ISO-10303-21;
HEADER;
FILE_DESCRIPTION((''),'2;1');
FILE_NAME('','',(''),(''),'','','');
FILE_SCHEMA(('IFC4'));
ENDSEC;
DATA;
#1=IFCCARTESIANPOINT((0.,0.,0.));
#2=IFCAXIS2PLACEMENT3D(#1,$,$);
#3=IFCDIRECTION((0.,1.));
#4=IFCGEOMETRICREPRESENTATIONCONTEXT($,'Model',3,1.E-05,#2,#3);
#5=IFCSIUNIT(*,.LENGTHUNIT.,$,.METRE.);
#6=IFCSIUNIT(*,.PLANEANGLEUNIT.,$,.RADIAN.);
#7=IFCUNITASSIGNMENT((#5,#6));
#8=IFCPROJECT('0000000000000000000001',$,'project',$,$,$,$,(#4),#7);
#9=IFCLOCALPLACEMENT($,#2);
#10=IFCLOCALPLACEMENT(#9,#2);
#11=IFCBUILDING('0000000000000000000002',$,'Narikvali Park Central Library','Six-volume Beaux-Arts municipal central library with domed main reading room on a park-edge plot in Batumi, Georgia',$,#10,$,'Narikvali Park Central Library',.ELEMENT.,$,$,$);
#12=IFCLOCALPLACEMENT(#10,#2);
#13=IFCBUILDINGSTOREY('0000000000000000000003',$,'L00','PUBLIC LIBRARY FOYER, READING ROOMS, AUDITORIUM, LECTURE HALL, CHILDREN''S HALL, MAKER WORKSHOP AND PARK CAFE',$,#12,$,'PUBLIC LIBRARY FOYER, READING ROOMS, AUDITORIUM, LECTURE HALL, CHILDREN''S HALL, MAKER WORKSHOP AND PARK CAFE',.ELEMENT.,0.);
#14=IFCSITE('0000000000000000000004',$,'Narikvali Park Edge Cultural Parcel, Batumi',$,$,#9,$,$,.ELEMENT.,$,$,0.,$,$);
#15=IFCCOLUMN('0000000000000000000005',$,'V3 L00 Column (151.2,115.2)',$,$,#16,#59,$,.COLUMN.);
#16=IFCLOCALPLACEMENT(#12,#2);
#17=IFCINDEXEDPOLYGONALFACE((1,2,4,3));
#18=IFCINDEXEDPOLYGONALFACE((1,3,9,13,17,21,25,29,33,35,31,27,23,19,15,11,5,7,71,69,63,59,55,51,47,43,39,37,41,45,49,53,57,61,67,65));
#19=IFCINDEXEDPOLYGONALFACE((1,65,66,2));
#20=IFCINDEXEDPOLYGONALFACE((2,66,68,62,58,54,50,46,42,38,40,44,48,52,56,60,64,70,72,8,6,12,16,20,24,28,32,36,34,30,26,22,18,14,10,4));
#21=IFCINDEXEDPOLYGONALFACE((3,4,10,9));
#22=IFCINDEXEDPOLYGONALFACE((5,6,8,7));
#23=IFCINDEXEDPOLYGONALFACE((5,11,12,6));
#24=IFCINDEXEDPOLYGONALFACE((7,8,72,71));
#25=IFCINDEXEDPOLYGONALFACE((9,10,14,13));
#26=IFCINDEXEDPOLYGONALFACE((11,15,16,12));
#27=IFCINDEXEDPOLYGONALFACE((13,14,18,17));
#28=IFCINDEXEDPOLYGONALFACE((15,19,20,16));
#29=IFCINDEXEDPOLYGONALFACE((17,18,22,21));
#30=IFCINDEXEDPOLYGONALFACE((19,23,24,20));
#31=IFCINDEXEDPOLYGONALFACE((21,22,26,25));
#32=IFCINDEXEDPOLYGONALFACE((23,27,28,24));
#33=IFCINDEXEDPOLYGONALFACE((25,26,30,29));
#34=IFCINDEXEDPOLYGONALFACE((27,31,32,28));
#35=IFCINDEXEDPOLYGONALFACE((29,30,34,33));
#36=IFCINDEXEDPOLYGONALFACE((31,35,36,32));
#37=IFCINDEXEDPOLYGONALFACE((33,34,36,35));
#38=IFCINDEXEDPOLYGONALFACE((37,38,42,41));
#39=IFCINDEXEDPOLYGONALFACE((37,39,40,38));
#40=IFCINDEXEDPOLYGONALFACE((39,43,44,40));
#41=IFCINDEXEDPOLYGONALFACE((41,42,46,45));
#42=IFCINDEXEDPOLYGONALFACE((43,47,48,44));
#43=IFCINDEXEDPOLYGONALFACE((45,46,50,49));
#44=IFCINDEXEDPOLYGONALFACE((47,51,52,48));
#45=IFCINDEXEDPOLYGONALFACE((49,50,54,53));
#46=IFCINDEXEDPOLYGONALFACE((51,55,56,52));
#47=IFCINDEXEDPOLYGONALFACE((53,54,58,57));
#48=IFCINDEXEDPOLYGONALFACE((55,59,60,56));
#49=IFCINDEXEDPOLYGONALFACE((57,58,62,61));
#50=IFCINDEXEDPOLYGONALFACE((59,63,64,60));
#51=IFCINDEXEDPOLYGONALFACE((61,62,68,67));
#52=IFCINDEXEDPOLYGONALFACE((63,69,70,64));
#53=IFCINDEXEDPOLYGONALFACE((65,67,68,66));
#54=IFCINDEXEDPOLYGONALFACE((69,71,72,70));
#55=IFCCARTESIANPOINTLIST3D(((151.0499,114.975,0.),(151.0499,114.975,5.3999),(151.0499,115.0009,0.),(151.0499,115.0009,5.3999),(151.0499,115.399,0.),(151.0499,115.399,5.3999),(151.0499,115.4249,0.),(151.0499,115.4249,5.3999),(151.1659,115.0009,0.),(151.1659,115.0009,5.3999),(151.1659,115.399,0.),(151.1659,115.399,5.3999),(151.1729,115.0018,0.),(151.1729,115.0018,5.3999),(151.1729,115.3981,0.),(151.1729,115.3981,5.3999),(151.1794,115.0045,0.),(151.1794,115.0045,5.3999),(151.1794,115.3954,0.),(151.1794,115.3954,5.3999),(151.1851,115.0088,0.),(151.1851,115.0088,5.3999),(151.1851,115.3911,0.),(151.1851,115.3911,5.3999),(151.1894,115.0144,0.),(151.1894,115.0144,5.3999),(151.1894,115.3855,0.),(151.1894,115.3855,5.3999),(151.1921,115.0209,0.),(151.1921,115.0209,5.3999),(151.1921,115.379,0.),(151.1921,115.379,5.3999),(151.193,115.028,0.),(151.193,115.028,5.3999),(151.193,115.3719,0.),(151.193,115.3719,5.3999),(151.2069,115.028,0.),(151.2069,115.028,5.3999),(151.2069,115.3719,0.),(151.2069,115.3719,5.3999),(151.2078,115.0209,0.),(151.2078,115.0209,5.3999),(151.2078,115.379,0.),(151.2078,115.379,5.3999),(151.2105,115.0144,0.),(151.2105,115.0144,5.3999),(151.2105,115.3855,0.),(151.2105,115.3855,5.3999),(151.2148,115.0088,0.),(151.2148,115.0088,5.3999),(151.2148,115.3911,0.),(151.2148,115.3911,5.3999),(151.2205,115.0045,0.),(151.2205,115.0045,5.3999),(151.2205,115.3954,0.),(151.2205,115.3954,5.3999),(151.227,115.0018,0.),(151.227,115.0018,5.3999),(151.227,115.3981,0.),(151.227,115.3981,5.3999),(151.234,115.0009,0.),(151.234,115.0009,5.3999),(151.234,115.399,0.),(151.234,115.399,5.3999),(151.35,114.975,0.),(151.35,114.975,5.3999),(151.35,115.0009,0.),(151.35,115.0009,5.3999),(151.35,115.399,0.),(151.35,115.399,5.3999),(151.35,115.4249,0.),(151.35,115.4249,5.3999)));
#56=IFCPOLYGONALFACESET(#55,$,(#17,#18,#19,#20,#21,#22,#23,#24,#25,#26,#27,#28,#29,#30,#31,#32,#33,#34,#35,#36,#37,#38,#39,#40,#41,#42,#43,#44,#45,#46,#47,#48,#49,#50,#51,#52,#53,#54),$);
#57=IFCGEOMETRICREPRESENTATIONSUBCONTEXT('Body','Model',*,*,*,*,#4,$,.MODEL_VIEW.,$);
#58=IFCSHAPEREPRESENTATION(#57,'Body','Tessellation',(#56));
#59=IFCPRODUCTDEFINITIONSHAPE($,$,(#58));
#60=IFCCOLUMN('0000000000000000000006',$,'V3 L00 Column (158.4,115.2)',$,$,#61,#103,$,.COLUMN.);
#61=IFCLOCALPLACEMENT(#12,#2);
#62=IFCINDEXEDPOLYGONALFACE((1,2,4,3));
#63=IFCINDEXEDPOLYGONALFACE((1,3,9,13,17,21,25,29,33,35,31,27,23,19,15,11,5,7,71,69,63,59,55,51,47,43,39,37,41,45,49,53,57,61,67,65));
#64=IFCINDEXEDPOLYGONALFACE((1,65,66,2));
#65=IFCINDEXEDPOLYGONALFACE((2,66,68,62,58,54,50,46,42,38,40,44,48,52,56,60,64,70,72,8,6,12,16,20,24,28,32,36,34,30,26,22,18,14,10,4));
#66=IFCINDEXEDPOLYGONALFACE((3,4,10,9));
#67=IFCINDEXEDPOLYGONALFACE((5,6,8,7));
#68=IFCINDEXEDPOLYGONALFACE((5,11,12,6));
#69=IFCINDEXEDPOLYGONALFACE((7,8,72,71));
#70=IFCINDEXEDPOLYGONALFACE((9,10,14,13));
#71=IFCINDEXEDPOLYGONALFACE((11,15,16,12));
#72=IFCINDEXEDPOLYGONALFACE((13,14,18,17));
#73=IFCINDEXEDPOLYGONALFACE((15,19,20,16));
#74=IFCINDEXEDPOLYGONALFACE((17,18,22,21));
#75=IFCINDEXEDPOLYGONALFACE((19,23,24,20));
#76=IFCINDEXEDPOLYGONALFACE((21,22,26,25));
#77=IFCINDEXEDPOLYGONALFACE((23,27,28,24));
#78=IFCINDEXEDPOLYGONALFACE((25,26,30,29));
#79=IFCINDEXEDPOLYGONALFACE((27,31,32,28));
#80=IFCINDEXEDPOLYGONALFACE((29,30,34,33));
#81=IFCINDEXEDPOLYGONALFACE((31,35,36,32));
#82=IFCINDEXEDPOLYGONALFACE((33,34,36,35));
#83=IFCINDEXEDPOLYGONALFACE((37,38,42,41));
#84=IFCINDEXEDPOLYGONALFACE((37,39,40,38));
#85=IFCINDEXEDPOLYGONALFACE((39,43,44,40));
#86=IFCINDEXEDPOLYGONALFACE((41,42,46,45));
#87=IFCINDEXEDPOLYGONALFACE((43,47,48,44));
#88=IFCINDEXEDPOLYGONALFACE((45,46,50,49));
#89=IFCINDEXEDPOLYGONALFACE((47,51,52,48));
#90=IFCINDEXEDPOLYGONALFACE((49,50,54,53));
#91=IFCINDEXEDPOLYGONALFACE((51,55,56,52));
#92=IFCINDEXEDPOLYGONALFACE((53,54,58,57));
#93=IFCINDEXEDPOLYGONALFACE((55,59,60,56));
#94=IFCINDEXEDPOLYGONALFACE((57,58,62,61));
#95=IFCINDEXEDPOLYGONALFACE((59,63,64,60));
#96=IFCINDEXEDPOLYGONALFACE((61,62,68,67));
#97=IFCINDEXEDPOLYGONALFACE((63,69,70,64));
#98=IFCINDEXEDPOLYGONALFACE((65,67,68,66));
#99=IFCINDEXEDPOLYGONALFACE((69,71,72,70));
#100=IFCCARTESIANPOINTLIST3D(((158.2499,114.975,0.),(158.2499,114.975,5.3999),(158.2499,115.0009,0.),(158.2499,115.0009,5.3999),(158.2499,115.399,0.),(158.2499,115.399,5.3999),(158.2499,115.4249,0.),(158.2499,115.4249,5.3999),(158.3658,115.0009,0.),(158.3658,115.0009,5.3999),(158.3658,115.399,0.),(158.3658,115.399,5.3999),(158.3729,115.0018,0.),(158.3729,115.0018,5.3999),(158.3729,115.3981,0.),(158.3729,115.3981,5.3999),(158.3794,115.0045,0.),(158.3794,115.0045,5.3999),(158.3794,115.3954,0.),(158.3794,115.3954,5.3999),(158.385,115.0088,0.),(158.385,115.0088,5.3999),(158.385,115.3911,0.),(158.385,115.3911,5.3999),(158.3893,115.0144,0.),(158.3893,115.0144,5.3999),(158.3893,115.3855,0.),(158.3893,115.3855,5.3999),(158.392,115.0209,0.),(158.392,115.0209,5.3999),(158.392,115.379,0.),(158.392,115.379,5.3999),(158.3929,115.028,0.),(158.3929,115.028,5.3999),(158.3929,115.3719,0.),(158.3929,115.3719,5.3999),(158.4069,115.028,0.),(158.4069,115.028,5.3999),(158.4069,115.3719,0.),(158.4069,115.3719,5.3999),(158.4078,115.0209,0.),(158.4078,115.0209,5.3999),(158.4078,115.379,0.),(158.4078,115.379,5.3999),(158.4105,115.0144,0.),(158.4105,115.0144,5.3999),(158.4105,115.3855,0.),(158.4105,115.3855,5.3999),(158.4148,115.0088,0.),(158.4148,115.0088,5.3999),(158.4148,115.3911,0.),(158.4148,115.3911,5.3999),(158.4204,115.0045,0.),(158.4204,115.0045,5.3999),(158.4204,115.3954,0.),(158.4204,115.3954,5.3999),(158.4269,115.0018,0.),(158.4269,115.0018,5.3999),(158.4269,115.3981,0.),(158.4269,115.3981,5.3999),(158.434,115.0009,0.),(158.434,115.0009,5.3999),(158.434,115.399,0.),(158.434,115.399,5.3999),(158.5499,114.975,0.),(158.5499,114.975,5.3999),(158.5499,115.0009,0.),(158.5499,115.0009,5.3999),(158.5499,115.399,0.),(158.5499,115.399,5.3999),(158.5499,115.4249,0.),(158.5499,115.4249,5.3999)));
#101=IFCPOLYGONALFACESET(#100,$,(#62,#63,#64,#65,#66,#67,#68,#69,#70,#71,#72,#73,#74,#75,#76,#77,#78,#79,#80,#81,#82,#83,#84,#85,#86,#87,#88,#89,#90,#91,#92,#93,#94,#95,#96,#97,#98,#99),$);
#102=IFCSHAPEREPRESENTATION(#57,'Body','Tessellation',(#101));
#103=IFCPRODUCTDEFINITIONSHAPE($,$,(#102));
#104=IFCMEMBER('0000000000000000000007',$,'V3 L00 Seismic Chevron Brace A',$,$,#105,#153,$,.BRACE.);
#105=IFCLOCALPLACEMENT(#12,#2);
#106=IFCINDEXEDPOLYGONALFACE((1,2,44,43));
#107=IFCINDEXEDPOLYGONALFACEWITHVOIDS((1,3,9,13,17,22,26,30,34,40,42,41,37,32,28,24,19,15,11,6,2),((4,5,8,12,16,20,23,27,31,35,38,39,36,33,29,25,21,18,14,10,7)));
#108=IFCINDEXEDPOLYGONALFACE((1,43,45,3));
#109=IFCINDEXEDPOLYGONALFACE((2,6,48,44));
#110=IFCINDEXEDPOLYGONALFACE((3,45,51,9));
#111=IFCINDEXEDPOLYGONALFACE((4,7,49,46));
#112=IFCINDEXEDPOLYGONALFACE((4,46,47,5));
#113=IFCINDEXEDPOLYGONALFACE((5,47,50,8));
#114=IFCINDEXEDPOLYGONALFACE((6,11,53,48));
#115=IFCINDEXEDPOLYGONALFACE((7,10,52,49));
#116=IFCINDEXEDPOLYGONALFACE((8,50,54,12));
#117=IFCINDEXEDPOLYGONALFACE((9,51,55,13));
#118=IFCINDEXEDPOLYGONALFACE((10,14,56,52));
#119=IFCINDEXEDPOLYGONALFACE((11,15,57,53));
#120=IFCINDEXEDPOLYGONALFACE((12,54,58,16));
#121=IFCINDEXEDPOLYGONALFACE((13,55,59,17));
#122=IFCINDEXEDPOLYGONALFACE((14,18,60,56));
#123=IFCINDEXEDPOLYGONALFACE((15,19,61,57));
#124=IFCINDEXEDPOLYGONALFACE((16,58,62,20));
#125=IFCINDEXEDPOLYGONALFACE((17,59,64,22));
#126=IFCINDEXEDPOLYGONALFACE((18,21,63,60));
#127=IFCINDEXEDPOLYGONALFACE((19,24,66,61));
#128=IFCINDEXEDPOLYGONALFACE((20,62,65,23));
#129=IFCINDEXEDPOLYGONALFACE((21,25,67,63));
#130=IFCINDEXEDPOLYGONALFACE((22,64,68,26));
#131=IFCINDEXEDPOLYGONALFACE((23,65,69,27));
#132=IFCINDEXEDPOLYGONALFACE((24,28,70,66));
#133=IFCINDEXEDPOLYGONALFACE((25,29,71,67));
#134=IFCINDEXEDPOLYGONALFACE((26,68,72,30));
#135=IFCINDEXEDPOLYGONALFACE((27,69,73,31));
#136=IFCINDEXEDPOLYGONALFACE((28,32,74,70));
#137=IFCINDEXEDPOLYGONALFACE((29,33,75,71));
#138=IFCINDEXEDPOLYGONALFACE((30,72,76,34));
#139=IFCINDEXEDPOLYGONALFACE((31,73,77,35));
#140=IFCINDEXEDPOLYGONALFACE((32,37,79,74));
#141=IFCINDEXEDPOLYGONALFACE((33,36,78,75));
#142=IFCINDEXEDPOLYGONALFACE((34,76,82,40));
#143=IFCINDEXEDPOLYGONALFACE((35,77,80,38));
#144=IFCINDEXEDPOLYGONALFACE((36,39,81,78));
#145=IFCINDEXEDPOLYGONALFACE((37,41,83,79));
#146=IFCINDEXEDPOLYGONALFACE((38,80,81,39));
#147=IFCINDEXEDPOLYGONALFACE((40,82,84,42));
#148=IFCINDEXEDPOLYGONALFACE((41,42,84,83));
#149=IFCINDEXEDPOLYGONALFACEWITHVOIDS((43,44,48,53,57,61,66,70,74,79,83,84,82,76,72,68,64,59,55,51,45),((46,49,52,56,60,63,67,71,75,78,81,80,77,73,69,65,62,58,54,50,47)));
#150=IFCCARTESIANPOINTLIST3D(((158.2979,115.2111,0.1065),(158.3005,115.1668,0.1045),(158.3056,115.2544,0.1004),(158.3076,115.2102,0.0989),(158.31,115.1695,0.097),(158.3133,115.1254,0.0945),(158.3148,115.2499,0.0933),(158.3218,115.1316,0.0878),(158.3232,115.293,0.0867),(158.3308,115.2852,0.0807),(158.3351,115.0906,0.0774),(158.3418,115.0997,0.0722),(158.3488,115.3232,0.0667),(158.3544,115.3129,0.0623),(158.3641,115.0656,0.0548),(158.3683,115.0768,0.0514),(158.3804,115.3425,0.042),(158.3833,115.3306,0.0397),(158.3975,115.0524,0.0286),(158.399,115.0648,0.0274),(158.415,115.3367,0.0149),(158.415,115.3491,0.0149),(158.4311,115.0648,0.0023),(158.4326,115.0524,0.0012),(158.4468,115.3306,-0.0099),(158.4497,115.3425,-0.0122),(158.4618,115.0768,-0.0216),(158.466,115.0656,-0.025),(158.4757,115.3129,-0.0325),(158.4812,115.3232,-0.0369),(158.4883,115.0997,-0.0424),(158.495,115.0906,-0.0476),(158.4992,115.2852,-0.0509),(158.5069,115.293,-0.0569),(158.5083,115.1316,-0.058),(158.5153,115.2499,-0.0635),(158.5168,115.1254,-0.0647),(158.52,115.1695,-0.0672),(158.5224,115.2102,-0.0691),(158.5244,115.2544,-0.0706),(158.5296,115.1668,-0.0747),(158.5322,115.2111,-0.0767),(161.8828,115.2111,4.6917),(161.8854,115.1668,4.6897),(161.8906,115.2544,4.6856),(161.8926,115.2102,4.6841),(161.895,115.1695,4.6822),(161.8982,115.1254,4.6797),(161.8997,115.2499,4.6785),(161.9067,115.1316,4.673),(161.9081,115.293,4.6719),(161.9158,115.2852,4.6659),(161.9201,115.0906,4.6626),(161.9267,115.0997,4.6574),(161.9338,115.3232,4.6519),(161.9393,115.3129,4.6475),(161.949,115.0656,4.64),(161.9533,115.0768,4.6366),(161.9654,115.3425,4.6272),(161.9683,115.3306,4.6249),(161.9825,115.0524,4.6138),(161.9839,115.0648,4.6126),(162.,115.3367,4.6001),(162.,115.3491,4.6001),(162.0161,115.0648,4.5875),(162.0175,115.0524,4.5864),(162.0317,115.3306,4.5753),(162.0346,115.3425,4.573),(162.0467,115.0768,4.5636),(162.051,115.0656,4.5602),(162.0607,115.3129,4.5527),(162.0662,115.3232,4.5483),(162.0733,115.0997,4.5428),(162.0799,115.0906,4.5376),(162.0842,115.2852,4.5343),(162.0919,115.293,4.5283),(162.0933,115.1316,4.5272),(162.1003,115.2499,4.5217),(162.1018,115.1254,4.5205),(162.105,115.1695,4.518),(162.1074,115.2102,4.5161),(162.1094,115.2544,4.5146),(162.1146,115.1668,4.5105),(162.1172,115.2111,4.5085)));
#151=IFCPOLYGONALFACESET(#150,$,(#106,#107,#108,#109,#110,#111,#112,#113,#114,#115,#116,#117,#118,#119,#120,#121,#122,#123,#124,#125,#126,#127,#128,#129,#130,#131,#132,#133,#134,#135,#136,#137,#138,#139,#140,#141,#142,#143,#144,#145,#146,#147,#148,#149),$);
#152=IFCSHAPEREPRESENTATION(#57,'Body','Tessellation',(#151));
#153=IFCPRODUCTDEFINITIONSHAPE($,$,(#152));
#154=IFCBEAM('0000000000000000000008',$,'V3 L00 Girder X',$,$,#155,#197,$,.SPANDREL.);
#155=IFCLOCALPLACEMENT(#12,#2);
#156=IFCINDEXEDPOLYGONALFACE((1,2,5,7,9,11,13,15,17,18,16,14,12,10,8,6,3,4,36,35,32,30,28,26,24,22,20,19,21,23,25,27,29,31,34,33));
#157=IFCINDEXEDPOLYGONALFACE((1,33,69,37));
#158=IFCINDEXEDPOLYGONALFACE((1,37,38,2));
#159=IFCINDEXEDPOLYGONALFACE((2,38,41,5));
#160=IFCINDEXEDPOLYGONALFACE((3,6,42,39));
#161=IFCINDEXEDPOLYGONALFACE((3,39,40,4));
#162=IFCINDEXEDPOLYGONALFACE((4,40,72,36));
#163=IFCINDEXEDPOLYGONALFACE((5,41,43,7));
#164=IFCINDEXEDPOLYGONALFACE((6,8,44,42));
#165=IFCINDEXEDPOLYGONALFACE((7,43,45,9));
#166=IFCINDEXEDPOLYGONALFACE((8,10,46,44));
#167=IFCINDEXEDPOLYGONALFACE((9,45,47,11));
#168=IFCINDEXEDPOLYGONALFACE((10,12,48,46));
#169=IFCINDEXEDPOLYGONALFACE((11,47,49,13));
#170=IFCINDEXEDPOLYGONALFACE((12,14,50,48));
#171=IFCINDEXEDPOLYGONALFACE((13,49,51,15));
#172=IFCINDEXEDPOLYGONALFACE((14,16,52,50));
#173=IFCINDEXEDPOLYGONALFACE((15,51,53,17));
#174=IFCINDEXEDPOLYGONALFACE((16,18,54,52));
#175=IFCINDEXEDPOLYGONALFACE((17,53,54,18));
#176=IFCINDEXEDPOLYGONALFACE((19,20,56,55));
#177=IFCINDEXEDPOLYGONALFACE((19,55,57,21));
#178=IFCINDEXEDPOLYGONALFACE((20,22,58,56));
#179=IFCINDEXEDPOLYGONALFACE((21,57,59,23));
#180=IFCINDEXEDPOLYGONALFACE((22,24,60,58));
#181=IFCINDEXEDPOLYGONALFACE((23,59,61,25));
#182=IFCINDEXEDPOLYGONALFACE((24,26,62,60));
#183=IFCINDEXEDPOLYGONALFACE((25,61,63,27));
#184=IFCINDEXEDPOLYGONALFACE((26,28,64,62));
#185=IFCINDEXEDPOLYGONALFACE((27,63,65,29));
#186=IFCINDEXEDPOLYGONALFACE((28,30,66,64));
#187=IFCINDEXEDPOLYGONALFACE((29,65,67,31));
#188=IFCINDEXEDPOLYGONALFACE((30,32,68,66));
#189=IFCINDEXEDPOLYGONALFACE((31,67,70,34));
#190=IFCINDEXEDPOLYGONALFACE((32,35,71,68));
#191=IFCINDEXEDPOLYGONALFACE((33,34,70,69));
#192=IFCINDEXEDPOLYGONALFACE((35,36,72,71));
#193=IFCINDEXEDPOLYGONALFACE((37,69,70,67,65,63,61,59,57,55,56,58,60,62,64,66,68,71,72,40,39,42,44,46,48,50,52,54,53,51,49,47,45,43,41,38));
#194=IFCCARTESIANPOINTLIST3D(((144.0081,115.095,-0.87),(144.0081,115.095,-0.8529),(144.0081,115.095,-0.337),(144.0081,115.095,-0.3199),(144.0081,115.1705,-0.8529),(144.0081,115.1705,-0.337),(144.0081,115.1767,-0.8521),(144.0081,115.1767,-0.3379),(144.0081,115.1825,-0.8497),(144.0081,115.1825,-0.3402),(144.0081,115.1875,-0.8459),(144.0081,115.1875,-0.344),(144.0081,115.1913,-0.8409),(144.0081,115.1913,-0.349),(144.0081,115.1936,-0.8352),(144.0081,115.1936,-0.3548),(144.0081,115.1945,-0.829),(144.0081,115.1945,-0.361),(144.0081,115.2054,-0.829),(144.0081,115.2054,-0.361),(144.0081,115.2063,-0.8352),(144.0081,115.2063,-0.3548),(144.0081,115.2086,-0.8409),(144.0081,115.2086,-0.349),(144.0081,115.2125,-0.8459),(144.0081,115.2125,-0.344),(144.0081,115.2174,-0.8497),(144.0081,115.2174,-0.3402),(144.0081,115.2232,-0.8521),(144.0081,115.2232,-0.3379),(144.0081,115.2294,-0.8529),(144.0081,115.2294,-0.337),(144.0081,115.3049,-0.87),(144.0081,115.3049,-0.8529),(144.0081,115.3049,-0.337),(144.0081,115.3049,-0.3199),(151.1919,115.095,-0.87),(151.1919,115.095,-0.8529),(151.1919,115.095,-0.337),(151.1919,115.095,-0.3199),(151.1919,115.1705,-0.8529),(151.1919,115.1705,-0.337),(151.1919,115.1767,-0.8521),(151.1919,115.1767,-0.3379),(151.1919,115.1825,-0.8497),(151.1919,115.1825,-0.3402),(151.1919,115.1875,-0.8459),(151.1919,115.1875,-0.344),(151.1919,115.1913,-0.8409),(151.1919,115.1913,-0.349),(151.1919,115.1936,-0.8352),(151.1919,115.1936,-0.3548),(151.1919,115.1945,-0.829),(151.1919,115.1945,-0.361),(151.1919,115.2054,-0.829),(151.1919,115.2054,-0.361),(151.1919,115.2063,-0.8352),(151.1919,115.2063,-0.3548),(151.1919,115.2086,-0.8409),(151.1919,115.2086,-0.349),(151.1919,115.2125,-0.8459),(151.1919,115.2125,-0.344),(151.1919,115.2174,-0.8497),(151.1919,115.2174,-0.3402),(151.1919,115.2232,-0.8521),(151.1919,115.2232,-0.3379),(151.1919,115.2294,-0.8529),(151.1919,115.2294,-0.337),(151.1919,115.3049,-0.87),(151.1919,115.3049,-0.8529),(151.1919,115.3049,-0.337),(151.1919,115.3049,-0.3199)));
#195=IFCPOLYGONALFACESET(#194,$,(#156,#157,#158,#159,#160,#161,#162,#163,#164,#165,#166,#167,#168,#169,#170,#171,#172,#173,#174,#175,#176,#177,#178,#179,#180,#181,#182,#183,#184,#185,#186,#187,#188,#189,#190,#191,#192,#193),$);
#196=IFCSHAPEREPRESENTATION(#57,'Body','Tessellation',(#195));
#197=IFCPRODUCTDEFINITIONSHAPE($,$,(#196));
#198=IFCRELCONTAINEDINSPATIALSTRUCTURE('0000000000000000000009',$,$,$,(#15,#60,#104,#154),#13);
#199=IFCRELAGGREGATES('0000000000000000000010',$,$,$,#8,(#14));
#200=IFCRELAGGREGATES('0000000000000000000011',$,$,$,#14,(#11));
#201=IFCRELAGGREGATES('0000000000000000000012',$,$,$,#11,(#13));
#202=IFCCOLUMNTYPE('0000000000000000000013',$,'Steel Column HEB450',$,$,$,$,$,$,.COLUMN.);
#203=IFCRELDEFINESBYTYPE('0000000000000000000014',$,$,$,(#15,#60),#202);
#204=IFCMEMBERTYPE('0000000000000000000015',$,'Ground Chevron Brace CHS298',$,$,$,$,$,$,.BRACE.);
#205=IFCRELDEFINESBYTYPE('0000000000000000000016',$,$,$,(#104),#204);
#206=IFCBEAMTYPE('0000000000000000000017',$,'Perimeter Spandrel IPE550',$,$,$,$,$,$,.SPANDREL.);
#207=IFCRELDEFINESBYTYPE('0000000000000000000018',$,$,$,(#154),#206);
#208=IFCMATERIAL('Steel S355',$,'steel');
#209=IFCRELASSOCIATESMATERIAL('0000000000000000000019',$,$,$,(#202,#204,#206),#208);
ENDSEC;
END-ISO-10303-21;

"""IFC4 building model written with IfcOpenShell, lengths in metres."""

from ifc_helpers import new_model, si_unit, direction, frame, origin, origin_2d, place, context, subcontext, project, spatial, hollow_circle, i_section, extrude, material, material_profile, profile_set, type_object, element, save


model = new_model("IFC4")

# Units and contexts
model_context = context("Model", 3, precision=1e-05, world=origin(), true_north=direction((0.0, 1.0)))
body_context = subcontext(model_context, "Body", "Model", "MODEL_VIEW")
ifc_project = project(units=[si_unit("LENGTHUNIT", "METRE"), si_unit("PLANEANGLEUNIT", "RADIAN")], contexts=[model_context])

# Site, building, storey
site_placement = place(None, origin())
site = spatial("IfcSite", under=ifc_project, at=site_placement, Name="Narikvali Park Edge Cultural Parcel, Batumi", CompositionType="ELEMENT", RefElevation=0.0)
building_placement = place(site_placement, origin())
building = spatial("IfcBuilding", under=site, at=building_placement, Name="Narikvali Park Central Library", Description="Six-volume Beaux-Arts municipal central library with domed main reading room on a park-edge plot in Batumi, Georgia", LongName="Narikvali Park Central Library", CompositionType="ELEMENT")
storey_placement = place(building_placement, origin())
storey = spatial("IfcBuildingStorey", under=building, at=storey_placement, Name="L00", Description="PUBLIC LIBRARY FOYER, READING ROOMS, AUDITORIUM, LECTURE HALL, CHILDREN'S HALL, MAKER WORKSHOP AND PARK CAFE", LongName="PUBLIC LIBRARY FOYER, READING ROOMS, AUDITORIUM, LECTURE HALL, CHILDREN'S HALL, MAKER WORKSHOP AND PARK CAFE", CompositionType="ELEMENT", Elevation=0.0)

# Columns
ifc_material_1 = material(Name="Steel S355", Category="steel")
ifc_material_profile_1 = material_profile(ifc_material_1, i_section(OverallWidth=0.3, OverallDepth=0.45, WebThickness=0.0139, FlangeThickness=0.0259, FilletRadius=0.0271, at=origin_2d()), Name="HEB 450")
ifc_profile_set_1 = profile_set([ifc_material_profile_1], Name="Steel S355")
column_type = type_object("IfcColumnType", Name="Steel Column HEB450", PredefinedType="COLUMN", material=ifc_profile_set_1)
for number, where, z_axis, x_axis, name in (
    (1, (151.2, 115.2, 0.0), (0.0, 0.0, 1.0), (1.0, 0.0, 0.0), "V3 L00 Column (151.2,115.2)"),
    (2, (158.3999, 115.2, 0.0), (0.0, 0.0, 1.0), (1.0, 0.0, 0.0), "V3 L00 Column (158.4,115.2)"),
):
    element("IfcColumn", number, at=place(storey_placement, frame(where, z_axis=z_axis, x_axis=x_axis)), inside=storey, type_object=column_type, Name=name, PredefinedType="COLUMN", context=body_context, shape_type="SweptSolid", body=[
        extrude(i_section(OverallWidth=0.3, OverallDepth=0.45, WebThickness=0.0139, FlangeThickness=0.0259, FilletRadius=0.0271, at=origin_2d()), origin(), (0.0, 0.0, 1.0), 5.3999),
    ])

# Member
ifc_material_profile_2 = material_profile(ifc_material_1, hollow_circle(Radius=0.1492, WallThickness=0.0125, at=origin_2d()), Name="CHS 298.5x12.5")
ifc_profile_set_2 = profile_set([ifc_material_profile_2], Name="Steel S355")
member_type = type_object("IfcMemberType", Name="Ground Chevron Brace CHS298", PredefinedType="BRACE", material=ifc_profile_set_2)
member_placement = place(storey_placement, frame((158.415, 115.2, 0.0149), z_axis=(0.615939, 0.0, 0.787793), x_axis=(0.0, 1.0, 0.0)))
element("IfcMember", 3, at=member_placement, inside=storey, type_object=member_type, Name="V3 L00 Seismic Chevron Brace A", PredefinedType="BRACE", context=body_context, shape_type="SweptSolid", body=[
    extrude(hollow_circle(Radius=0.1492, WallThickness=0.0125, at=origin_2d()), origin(), (0.0, 0.0, 1.0), 5.8203),
])

# Beam
ifc_material_profile_3 = material_profile(ifc_material_1, i_section(OverallWidth=0.21, OverallDepth=0.55, WebThickness=0.011, FlangeThickness=0.0171, FilletRadius=0.0239, at=origin_2d()), Name="IPE 550")
ifc_profile_set_3 = profile_set([ifc_material_profile_3], Name="Steel S355")
beam_type = type_object("IfcBeamType", Name="Perimeter Spandrel IPE550", PredefinedType="SPANDREL", material=ifc_profile_set_3)
beam_placement = place(storey_placement, frame((144.0081, 115.2, -0.595), z_axis=(1.0, 0.0, 0.0), x_axis=(0.0, 1.0, 0.0)))
element("IfcBeam", 4, at=beam_placement, inside=storey, type_object=beam_type, Name="V3 L00 Girder X", PredefinedType="SPANDREL", context=body_context, shape_type="SweptSolid", body=[
    extrude(i_section(OverallWidth=0.21, OverallDepth=0.55, WebThickness=0.011, FlangeThickness=0.0171, FilletRadius=0.0239, at=origin_2d()), origin(), (0.0, 0.0, 1.0), 7.1838),
])

save(model, "model.ifc")
